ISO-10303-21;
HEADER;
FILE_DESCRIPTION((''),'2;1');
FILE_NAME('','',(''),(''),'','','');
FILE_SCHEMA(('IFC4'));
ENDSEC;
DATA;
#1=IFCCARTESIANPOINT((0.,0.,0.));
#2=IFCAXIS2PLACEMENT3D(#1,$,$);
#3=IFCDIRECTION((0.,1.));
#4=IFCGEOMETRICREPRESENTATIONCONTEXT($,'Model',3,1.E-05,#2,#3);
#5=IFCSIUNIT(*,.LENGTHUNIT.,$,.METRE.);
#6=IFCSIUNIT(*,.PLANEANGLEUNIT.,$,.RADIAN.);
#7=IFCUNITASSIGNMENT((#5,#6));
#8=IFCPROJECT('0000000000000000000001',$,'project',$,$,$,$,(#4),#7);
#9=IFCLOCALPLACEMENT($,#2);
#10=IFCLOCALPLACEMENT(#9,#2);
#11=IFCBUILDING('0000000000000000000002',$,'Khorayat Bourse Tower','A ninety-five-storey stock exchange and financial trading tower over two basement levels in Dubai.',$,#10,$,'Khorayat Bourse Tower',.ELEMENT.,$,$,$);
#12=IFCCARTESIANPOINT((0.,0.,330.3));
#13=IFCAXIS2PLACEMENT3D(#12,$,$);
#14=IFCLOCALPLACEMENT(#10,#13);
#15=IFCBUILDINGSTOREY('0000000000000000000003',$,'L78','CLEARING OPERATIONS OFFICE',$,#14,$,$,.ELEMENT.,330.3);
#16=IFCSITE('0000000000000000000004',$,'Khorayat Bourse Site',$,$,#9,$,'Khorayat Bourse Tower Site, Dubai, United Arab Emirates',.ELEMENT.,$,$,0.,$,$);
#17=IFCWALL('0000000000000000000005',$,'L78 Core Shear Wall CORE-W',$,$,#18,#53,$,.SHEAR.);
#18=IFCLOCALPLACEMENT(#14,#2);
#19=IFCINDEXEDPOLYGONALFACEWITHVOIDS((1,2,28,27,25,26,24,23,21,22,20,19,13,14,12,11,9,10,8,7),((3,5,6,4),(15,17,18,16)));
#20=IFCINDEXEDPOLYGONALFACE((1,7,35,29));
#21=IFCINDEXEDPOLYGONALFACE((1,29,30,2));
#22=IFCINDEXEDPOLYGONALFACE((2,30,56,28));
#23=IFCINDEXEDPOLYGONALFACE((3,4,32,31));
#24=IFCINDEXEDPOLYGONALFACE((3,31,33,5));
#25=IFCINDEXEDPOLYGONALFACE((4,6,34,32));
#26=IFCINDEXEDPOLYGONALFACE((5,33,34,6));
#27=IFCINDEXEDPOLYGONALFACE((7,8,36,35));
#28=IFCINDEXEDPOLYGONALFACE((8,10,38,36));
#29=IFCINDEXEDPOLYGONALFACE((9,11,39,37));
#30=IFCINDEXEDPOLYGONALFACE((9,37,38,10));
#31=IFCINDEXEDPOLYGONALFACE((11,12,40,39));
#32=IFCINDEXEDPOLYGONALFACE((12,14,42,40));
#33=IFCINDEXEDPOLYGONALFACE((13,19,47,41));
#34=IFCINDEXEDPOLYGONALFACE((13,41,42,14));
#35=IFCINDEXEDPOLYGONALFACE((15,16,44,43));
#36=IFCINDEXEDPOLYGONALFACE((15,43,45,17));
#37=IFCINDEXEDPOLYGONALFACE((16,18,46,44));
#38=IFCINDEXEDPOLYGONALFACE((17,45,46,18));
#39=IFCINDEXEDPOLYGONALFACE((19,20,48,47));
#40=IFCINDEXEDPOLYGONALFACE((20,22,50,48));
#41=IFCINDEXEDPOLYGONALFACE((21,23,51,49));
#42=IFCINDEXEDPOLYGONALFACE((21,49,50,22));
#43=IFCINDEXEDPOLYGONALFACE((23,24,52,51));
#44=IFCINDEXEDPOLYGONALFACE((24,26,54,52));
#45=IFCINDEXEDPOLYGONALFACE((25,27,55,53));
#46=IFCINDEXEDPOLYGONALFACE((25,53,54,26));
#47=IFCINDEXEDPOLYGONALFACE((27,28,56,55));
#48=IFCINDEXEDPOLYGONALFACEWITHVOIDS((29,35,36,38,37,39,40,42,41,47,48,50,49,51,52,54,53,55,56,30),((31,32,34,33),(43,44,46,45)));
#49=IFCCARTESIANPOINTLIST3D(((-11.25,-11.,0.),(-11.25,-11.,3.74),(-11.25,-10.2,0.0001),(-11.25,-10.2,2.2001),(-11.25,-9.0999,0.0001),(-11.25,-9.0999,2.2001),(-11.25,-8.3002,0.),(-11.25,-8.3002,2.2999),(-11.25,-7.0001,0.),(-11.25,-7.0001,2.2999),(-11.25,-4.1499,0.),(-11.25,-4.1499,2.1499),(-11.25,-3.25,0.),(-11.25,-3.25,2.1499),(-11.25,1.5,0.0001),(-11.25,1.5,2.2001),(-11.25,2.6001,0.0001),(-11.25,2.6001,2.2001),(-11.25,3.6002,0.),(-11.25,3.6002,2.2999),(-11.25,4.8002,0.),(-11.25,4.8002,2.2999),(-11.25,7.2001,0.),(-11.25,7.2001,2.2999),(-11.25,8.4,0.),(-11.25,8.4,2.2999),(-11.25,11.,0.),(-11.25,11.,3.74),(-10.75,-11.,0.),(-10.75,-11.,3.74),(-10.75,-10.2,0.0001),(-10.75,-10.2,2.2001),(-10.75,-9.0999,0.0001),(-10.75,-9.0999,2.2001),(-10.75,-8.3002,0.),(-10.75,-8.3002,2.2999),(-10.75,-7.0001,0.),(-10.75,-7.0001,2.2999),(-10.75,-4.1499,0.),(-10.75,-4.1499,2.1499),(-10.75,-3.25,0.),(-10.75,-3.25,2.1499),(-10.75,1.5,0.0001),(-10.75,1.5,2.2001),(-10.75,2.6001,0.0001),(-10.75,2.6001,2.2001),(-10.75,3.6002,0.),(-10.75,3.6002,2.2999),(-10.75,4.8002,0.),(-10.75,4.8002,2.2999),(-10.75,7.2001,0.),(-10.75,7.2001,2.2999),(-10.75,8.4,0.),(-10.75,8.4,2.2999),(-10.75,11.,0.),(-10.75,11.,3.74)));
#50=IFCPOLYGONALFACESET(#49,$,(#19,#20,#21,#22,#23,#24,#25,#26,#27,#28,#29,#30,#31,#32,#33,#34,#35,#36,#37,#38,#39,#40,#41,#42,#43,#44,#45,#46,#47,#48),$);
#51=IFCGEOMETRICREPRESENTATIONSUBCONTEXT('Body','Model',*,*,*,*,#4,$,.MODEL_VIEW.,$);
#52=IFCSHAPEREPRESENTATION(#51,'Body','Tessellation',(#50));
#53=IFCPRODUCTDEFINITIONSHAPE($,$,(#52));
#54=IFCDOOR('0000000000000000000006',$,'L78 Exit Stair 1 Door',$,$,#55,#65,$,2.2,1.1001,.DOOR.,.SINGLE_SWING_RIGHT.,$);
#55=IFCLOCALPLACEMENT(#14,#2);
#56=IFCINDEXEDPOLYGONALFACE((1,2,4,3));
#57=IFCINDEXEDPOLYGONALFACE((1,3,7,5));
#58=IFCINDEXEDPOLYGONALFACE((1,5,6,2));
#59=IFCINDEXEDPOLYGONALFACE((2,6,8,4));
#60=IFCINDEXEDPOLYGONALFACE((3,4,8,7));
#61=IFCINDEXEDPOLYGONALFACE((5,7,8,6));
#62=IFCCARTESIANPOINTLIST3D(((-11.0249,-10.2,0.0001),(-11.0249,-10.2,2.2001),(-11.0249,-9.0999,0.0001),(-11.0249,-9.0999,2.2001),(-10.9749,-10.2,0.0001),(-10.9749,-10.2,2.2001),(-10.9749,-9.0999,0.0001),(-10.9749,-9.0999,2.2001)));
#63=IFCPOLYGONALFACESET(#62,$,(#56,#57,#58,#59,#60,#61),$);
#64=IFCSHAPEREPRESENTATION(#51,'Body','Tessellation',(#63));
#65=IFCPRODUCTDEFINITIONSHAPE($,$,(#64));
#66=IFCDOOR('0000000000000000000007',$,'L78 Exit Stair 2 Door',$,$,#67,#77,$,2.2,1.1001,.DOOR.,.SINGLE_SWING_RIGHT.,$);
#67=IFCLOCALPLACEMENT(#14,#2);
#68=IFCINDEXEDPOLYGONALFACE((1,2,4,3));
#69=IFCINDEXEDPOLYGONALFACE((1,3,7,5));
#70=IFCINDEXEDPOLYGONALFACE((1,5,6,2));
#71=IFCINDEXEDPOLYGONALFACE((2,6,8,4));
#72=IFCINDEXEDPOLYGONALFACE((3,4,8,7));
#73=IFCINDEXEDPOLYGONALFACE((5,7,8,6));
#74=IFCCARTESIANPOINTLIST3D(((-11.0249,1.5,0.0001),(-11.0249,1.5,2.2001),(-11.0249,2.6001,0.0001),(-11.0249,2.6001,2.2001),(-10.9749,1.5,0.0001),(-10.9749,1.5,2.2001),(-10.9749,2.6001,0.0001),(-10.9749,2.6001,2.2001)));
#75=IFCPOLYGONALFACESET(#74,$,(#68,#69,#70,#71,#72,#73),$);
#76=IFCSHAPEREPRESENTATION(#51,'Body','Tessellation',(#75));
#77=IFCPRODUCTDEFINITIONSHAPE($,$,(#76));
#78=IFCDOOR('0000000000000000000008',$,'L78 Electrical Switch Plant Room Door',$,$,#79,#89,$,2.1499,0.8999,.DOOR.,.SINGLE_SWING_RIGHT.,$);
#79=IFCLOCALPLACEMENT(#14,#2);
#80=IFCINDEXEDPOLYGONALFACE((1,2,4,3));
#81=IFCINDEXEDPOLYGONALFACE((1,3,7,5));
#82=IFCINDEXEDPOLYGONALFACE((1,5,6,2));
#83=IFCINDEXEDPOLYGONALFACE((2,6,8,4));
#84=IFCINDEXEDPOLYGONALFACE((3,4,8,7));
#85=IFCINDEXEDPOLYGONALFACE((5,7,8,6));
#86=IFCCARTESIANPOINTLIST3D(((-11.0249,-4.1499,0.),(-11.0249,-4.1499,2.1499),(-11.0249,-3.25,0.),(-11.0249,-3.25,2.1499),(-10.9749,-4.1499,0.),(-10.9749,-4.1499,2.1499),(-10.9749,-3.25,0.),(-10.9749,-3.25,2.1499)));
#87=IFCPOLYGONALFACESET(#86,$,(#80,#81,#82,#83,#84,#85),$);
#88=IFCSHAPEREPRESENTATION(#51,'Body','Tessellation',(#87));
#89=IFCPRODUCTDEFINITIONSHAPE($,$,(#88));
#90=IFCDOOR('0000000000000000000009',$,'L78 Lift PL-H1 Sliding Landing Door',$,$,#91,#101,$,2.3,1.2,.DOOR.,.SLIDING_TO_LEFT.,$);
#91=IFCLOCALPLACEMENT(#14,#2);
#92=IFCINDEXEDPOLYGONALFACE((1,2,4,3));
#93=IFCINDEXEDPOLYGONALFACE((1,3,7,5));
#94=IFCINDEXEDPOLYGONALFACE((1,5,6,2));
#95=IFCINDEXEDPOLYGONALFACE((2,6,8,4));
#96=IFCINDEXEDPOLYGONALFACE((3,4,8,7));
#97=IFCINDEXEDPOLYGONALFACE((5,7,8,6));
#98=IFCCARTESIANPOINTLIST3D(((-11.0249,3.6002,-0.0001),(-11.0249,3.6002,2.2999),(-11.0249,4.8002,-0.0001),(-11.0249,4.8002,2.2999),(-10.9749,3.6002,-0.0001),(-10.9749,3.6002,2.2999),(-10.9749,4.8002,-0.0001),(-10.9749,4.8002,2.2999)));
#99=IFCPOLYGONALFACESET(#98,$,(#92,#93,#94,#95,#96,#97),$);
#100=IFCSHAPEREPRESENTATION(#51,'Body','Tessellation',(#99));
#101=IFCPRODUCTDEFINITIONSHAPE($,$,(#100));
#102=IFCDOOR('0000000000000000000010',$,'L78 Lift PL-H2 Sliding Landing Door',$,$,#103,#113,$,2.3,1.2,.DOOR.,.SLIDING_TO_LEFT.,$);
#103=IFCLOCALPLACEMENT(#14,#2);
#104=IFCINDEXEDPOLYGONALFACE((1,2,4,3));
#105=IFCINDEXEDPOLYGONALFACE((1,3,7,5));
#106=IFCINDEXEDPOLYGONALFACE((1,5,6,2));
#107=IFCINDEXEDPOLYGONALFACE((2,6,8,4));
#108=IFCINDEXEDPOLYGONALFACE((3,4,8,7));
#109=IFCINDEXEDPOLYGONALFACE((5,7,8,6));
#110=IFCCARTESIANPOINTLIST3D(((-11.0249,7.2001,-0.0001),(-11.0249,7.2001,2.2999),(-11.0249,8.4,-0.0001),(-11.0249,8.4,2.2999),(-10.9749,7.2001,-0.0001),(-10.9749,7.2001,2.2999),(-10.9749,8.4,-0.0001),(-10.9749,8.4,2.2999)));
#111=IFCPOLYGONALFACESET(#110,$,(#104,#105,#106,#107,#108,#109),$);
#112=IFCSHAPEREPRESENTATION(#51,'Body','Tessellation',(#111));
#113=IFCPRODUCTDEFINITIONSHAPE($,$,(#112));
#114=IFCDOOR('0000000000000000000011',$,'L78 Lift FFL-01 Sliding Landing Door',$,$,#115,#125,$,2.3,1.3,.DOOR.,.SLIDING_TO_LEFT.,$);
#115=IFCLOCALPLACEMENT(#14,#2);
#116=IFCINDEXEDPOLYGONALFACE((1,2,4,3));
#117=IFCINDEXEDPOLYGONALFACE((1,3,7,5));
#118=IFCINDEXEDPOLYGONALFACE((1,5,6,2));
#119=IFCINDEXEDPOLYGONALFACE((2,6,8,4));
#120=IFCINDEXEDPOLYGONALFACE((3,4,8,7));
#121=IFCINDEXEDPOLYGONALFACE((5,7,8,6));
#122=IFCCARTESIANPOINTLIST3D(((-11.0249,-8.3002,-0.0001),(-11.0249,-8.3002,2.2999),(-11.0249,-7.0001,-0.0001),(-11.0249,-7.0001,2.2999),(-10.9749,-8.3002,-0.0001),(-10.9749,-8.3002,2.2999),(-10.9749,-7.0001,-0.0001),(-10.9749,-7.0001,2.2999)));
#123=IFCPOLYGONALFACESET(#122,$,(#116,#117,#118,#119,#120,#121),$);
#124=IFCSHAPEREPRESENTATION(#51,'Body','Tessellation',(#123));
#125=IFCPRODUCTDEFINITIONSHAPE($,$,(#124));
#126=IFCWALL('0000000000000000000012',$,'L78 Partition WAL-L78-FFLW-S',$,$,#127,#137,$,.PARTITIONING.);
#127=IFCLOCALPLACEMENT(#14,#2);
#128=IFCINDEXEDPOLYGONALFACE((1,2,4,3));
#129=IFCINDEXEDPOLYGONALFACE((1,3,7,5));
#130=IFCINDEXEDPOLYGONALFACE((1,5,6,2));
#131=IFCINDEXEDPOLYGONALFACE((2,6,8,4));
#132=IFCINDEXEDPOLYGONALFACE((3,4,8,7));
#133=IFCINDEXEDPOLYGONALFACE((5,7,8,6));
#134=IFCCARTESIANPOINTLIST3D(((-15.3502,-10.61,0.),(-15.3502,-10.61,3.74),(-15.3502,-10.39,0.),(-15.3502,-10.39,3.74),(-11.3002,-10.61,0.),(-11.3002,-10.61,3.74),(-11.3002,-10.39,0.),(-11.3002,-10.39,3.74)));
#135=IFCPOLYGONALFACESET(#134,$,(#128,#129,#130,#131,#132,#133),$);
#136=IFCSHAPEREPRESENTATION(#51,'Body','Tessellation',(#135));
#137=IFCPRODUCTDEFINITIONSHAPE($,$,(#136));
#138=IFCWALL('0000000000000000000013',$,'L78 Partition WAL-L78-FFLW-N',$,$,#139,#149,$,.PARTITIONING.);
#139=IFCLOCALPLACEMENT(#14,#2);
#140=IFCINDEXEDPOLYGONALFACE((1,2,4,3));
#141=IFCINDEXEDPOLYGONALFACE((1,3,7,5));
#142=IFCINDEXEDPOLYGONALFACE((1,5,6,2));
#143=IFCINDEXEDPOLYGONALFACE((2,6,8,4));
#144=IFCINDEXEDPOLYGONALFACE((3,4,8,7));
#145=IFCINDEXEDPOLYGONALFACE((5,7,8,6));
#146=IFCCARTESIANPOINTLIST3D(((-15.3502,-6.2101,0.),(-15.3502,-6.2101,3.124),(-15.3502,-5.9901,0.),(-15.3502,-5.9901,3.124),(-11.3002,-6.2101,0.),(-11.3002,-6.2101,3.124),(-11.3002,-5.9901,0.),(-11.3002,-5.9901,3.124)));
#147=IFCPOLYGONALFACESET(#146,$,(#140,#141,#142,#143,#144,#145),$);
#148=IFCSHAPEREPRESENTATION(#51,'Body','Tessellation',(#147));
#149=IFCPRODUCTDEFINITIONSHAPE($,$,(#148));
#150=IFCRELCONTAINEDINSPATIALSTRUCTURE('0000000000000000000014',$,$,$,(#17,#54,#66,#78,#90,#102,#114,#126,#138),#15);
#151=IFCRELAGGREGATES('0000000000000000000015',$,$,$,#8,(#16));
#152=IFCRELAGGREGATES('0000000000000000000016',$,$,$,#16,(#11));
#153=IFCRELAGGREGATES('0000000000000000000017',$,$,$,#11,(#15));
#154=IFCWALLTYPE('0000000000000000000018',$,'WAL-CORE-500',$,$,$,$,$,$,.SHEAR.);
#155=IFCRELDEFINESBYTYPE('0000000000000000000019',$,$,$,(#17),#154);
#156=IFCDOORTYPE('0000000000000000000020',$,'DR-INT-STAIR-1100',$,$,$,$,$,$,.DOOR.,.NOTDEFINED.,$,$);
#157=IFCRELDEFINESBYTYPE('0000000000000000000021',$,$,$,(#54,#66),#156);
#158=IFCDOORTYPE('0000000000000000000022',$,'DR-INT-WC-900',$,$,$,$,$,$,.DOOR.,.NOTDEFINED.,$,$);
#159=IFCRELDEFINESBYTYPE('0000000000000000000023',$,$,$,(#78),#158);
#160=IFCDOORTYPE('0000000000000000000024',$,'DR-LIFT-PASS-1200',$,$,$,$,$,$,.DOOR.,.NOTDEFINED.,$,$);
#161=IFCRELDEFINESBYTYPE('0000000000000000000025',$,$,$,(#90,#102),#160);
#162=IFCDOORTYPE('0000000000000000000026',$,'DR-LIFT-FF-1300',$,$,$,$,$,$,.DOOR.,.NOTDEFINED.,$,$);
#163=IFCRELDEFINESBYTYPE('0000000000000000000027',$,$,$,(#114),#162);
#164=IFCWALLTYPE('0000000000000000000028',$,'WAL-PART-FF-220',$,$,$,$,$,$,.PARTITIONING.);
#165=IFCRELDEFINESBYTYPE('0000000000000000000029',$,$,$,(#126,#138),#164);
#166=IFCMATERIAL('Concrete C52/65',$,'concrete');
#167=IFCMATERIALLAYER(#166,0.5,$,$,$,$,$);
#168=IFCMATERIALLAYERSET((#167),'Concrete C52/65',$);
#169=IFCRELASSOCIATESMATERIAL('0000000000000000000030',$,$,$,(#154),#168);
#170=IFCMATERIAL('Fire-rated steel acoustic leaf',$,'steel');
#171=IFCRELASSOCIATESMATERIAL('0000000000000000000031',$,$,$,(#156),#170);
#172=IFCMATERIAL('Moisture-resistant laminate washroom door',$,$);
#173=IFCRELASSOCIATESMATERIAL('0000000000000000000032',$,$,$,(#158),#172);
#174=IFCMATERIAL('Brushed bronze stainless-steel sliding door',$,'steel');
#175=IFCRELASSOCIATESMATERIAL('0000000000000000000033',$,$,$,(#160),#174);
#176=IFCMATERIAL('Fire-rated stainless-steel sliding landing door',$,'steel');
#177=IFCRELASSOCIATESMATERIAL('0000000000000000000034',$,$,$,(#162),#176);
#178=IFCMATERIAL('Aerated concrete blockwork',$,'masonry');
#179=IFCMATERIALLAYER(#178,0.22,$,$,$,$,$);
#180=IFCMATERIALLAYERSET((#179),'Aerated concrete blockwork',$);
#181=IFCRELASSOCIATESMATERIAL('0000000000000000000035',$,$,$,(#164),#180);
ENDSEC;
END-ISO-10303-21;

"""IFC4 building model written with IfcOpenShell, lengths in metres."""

from ifc_helpers import new_model, si_unit, direction, frame, frame_2d, origin, place, context, subcontext, project, spatial, rectangle, extrude, source, transform, mapped, material, layer, layer_set, type_object, element, fill, save


model = new_model("IFC4")

# Units and contexts
model_context = context("Model", 3, precision=1e-05, world=origin(), true_north=direction((0.0, 1.0)))
body_context = subcontext(model_context, "Body", "Model", "MODEL_VIEW")
ifc_project = project(units=[si_unit("LENGTHUNIT", "METRE"), si_unit("PLANEANGLEUNIT", "RADIAN")], contexts=[model_context])

# Site, building, storey
site_placement = place(None, origin())
site = spatial("IfcSite", under=ifc_project, at=site_placement, Name="Khorayat Bourse Site", LongName="Khorayat Bourse Tower Site, Dubai, United Arab Emirates", CompositionType="ELEMENT", RefElevation=0.0)
building_placement = place(site_placement, origin())
building = spatial("IfcBuilding", under=site, at=building_placement, Name="Khorayat Bourse Tower", Description="A ninety-five-storey stock exchange and financial trading tower over two basement levels in Dubai.", LongName="Khorayat Bourse Tower", CompositionType="ELEMENT")
storey_placement = place(building_placement, frame((0.0, 0.0, 330.3)))
storey = spatial("IfcBuildingStorey", under=building, at=storey_placement, Name="L78", Description="CLEARING OPERATIONS OFFICE", CompositionType="ELEMENT", Elevation=330.3)

# Shared definitions
ifc_material_1 = material(Name="Concrete C52/65", Category="concrete")

# Wall, openings, doors
ifc_layer_1 = layer(ifc_material_1, 0.5)
ifc_layer_set_1 = layer_set([ifc_layer_1], Name="Concrete C52/65")
wall_type_1 = type_object("IfcWallType", Name="WAL-CORE-500", PredefinedType="SHEAR", material=ifc_layer_set_1)
shared_shape_1 = source(origin(), body_context, "Body", "SweptSolid", [
    extrude(rectangle(XDim=22.0, YDim=0.5, at=frame_2d((11.0, 0.0))), origin(), (0.0, 0.0, 1.0), 3.74),
])
wall_1_placement = place(storey_placement, frame((-11.0, -11.0, 0.0), z_axis=(0.0, 0.0, 1.0), x_axis=(0.0, 1.0, 0.0)))
wall_1 = element("IfcWall", 1, at=wall_1_placement, inside=storey, type_object=wall_type_1, Name="L78 Core Shear Wall CORE-W", PredefinedType="SHEAR", context=body_context, shape_type="MappedRepresentation", body=[
    mapped(shared_shape_1, transform((0.0, 0.0, 0.0), scale=1.0)),
])
shared_shape_2 = source(origin(), body_context, "Body", "SweptSolid", [
    extrude(rectangle(XDim=1.1001, YDim=2.2, at=frame_2d((0.55, 1.1001))), frame((0.0, 0.26, 0.0), z_axis=(0.0, -1.0, 0.0), x_axis=(1.0, 0.0, 0.0)), (0.0, 0.0, 1.0), 0.52),
])
opening_1_placement = place(wall_1_placement, frame((0.8, 0.0, 0.0)))
opening_1 = element("IfcOpeningElement", 2, at=opening_1_placement, cuts=wall_1, PredefinedType="OPENING", context=body_context, shape_type="MappedRepresentation", body=[
    mapped(shared_shape_2, transform((0.0, 0.0, 0.0), scale=1.0)),
])
opening_2_placement = place(wall_1_placement, frame((12.5, 0.0, 0.0)))
opening_2 = element("IfcOpeningElement", 3, at=opening_2_placement, cuts=wall_1, PredefinedType="OPENING", context=body_context, shape_type="MappedRepresentation", body=[
    mapped(shared_shape_2, transform((0.0, 0.0, 0.0), scale=1.0)),
])
shared_shape_3 = source(origin(), body_context, "Body", "SweptSolid", [
    extrude(rectangle(XDim=0.8999, YDim=2.1499, at=frame_2d((0.45, 1.075))), frame((0.0, 0.26, 0.0), z_axis=(0.0, -1.0, 0.0), x_axis=(1.0, 0.0, 0.0)), (0.0, 0.0, 1.0), 0.52),
])
opening_3_placement = place(wall_1_placement, frame((6.8501, 0.0, 0.0)))
opening_3 = element("IfcOpeningElement", 4, at=opening_3_placement, cuts=wall_1, PredefinedType="OPENING", context=body_context, shape_type="MappedRepresentation", body=[
    mapped(shared_shape_3, transform((0.0, 0.0, 0.0), scale=1.0)),
])
shared_shape_4 = source(origin(), body_context, "Body", "SweptSolid", [
    extrude(rectangle(XDim=1.2, YDim=2.3, at=frame_2d((0.6001, 1.1499))), frame((0.0, 0.26, 0.0), z_axis=(0.0, -1.0, 0.0), x_axis=(1.0, 0.0, 0.0)), (0.0, 0.0, 1.0), 0.52),
])
opening_4_placement = place(wall_1_placement, frame((14.6001, 0.0, 0.0)))
opening_4 = element("IfcOpeningElement", 5, at=opening_4_placement, cuts=wall_1, PredefinedType="OPENING", context=body_context, shape_type="MappedRepresentation", body=[
    mapped(shared_shape_4, transform((0.0, 0.0, 0.0), scale=1.0)),
])
opening_5_placement = place(wall_1_placement, frame((18.2, 0.0, 0.0)))
opening_5 = element("IfcOpeningElement", 6, at=opening_5_placement, cuts=wall_1, PredefinedType="OPENING", context=body_context, shape_type="MappedRepresentation", body=[
    mapped(shared_shape_4, transform((0.0, 0.0, 0.0), scale=1.0)),
])
shared_shape_5 = source(origin(), body_context, "Body", "SweptSolid", [
    extrude(rectangle(XDim=1.3, YDim=2.3, at=frame_2d((0.6499, 1.1499))), frame((0.0, 0.26, 0.0), z_axis=(0.0, -1.0, 0.0), x_axis=(1.0, 0.0, 0.0)), (0.0, 0.0, 1.0), 0.52),
])
opening_6_placement = place(wall_1_placement, frame((2.7, 0.0, 0.0)))
opening_6 = element("IfcOpeningElement", 7, at=opening_6_placement, cuts=wall_1, PredefinedType="OPENING", context=body_context, shape_type="MappedRepresentation", body=[
    mapped(shared_shape_5, transform((0.0, 0.0, 0.0), scale=1.0)),
])
ifc_material_2 = material(Name="Fire-rated steel acoustic leaf", Category="steel")
door_type_1 = type_object("IfcDoorType", Name="DR-INT-STAIR-1100", OperationType="NOTDEFINED", PredefinedType="DOOR", material=ifc_material_2)
shared_shape_6 = source(origin(), body_context, "Body", "SweptSolid", [
    extrude(rectangle(XDim=1.1001, YDim=2.2, at=frame_2d((0.55, 1.1001))), frame((0.0, 0.0249, 0.0), z_axis=(0.0, -1.0, 0.0), x_axis=(1.0, 0.0, 0.0)), (0.0, 0.0, 1.0), 0.05),
])
door_1_placement = place(opening_1_placement, origin())
door_1 = element("IfcDoor", 8, at=door_1_placement, inside=storey, type_object=door_type_1, Name="L78 Exit Stair 1 Door", OperationType="SINGLE_SWING_RIGHT", OverallHeight=2.2, OverallWidth=1.1001, PredefinedType="DOOR", context=body_context, shape_type="MappedRepresentation", body=[
    mapped(shared_shape_6, transform((0.0, 0.0, 0.0), scale=1.0)),
])
fill(opening_1, door_1)
door_2_placement = place(opening_2_placement, origin())
door_2 = element("IfcDoor", 9, at=door_2_placement, inside=storey, type_object=door_type_1, Name="L78 Exit Stair 2 Door", OperationType="SINGLE_SWING_RIGHT", OverallHeight=2.2, OverallWidth=1.1001, PredefinedType="DOOR", context=body_context, shape_type="MappedRepresentation", body=[
    mapped(shared_shape_6, transform((0.0, 0.0, 0.0), scale=1.0)),
])
fill(opening_2, door_2)
ifc_material_3 = material(Name="Moisture-resistant laminate washroom door")
door_type_2 = type_object("IfcDoorType", Name="DR-INT-WC-900", OperationType="NOTDEFINED", PredefinedType="DOOR", material=ifc_material_3)
shared_shape_7 = source(origin(), body_context, "Body", "SweptSolid", [
    extrude(rectangle(XDim=0.8999, YDim=2.1499, at=frame_2d((0.45, 1.075))), frame((0.0, 0.0249, 0.0), z_axis=(0.0, -1.0, 0.0), x_axis=(1.0, 0.0, 0.0)), (0.0, 0.0, 1.0), 0.05),
])
door_3_placement = place(opening_3_placement, origin())
door_3 = element("IfcDoor", 10, at=door_3_placement, inside=storey, type_object=door_type_2, Name="L78 Electrical Switch Plant Room Door", OperationType="SINGLE_SWING_RIGHT", OverallHeight=2.1499, OverallWidth=0.8999, PredefinedType="DOOR", context=body_context, shape_type="MappedRepresentation", body=[
    mapped(shared_shape_7, transform((0.0, 0.0, 0.0), scale=1.0)),
])
fill(opening_3, door_3)
ifc_material_4 = material(Name="Brushed bronze stainless-steel sliding door", Category="steel")
door_type_3 = type_object("IfcDoorType", Name="DR-LIFT-PASS-1200", OperationType="NOTDEFINED", PredefinedType="DOOR", material=ifc_material_4)
shared_shape_8 = source(origin(), body_context, "Body", "SweptSolid", [
    extrude(rectangle(XDim=1.2, YDim=2.3, at=frame_2d((0.6001, 1.1499))), frame((0.0, 0.0249, 0.0), z_axis=(0.0, -1.0, 0.0), x_axis=(1.0, 0.0, 0.0)), (0.0, 0.0, 1.0), 0.05),
])
door_4_placement = place(opening_4_placement, origin())
door_4 = element("IfcDoor", 11, at=door_4_placement, inside=storey, type_object=door_type_3, Name="L78 Lift PL-H1 Sliding Landing Door", OperationType="SLIDING_TO_LEFT", OverallHeight=2.3, OverallWidth=1.2, PredefinedType="DOOR", context=body_context, shape_type="MappedRepresentation", body=[
    mapped(shared_shape_8, transform((0.0, 0.0, 0.0), scale=1.0)),
])
fill(opening_4, door_4)
door_5_placement = place(opening_5_placement, origin())
door_5 = element("IfcDoor", 12, at=door_5_placement, inside=storey, type_object=door_type_3, Name="L78 Lift PL-H2 Sliding Landing Door", OperationType="SLIDING_TO_LEFT", OverallHeight=2.3, OverallWidth=1.2, PredefinedType="DOOR", context=body_context, shape_type="MappedRepresentation", body=[
    mapped(shared_shape_8, transform((0.0, 0.0, 0.0), scale=1.0)),
])
fill(opening_5, door_5)
ifc_material_5 = material(Name="Fire-rated stainless-steel sliding landing door", Category="steel")
door_type_4 = type_object("IfcDoorType", Name="DR-LIFT-FF-1300", OperationType="NOTDEFINED", PredefinedType="DOOR", material=ifc_material_5)
shared_shape_9 = source(origin(), body_context, "Body", "SweptSolid", [
    extrude(rectangle(XDim=1.3, YDim=2.3, at=frame_2d((0.6499, 1.1499))), frame((0.0, 0.0249, 0.0), z_axis=(0.0, -1.0, 0.0), x_axis=(1.0, 0.0, 0.0)), (0.0, 0.0, 1.0), 0.05),
])
door_6_placement = place(opening_6_placement, origin())
door_6 = element("IfcDoor", 13, at=door_6_placement, inside=storey, type_object=door_type_4, Name="L78 Lift FFL-01 Sliding Landing Door", OperationType="SLIDING_TO_LEFT", OverallHeight=2.3, OverallWidth=1.3, PredefinedType="DOOR", context=body_context, shape_type="MappedRepresentation", body=[
    mapped(shared_shape_9, transform((0.0, 0.0, 0.0), scale=1.0)),
])
fill(opening_6, door_6)

# Walls
ifc_material_6 = material(Name="Aerated concrete blockwork", Category="masonry")
ifc_layer_2 = layer(ifc_material_6, 0.22)
ifc_layer_set_2 = layer_set([ifc_layer_2], Name="Aerated concrete blockwork")
wall_type_2 = type_object("IfcWallType", Name="WAL-PART-FF-220", PredefinedType="PARTITIONING", material=ifc_layer_set_2)
shared_shape_10 = source(origin(), body_context, "Body", "SweptSolid", [
    extrude(rectangle(XDim=4.05, YDim=0.22, at=frame_2d((2.0249, 0.0))), origin(), (0.0, 0.0, 1.0), 3.74),
])
wall_2_placement = place(storey_placement, frame((-15.3501, -10.5, 0.0), z_axis=(0.0, 0.0, 1.0), x_axis=(1.0, 0.0, 0.0)))
element("IfcWall", 14, at=wall_2_placement, inside=storey, type_object=wall_type_2, Name="L78 Partition WAL-L78-FFLW-S", PredefinedType="PARTITIONING", context=body_context, shape_type="MappedRepresentation", body=[
    mapped(shared_shape_10, transform((0.0, 0.0, 0.0), scale=1.0)),
])
shared_shape_11 = source(origin(), body_context, "Body", "SweptSolid", [
    extrude(rectangle(XDim=4.05, YDim=0.22, at=frame_2d((2.0249, 0.0))), origin(), (0.0, 0.0, 1.0), 3.124),
])
wall_3_placement = place(storey_placement, frame((-15.3501, -6.1001, 0.0), z_axis=(0.0, 0.0, 1.0), x_axis=(1.0, 0.0, 0.0)))
element("IfcWall", 15, at=wall_3_placement, inside=storey, type_object=wall_type_2, Name="L78 Partition WAL-L78-FFLW-N", PredefinedType="PARTITIONING", context=body_context, shape_type="MappedRepresentation", body=[
    mapped(shared_shape_11, transform((0.0, 0.0, 0.0), scale=1.0)),
])

save(model, "model.ifc")
